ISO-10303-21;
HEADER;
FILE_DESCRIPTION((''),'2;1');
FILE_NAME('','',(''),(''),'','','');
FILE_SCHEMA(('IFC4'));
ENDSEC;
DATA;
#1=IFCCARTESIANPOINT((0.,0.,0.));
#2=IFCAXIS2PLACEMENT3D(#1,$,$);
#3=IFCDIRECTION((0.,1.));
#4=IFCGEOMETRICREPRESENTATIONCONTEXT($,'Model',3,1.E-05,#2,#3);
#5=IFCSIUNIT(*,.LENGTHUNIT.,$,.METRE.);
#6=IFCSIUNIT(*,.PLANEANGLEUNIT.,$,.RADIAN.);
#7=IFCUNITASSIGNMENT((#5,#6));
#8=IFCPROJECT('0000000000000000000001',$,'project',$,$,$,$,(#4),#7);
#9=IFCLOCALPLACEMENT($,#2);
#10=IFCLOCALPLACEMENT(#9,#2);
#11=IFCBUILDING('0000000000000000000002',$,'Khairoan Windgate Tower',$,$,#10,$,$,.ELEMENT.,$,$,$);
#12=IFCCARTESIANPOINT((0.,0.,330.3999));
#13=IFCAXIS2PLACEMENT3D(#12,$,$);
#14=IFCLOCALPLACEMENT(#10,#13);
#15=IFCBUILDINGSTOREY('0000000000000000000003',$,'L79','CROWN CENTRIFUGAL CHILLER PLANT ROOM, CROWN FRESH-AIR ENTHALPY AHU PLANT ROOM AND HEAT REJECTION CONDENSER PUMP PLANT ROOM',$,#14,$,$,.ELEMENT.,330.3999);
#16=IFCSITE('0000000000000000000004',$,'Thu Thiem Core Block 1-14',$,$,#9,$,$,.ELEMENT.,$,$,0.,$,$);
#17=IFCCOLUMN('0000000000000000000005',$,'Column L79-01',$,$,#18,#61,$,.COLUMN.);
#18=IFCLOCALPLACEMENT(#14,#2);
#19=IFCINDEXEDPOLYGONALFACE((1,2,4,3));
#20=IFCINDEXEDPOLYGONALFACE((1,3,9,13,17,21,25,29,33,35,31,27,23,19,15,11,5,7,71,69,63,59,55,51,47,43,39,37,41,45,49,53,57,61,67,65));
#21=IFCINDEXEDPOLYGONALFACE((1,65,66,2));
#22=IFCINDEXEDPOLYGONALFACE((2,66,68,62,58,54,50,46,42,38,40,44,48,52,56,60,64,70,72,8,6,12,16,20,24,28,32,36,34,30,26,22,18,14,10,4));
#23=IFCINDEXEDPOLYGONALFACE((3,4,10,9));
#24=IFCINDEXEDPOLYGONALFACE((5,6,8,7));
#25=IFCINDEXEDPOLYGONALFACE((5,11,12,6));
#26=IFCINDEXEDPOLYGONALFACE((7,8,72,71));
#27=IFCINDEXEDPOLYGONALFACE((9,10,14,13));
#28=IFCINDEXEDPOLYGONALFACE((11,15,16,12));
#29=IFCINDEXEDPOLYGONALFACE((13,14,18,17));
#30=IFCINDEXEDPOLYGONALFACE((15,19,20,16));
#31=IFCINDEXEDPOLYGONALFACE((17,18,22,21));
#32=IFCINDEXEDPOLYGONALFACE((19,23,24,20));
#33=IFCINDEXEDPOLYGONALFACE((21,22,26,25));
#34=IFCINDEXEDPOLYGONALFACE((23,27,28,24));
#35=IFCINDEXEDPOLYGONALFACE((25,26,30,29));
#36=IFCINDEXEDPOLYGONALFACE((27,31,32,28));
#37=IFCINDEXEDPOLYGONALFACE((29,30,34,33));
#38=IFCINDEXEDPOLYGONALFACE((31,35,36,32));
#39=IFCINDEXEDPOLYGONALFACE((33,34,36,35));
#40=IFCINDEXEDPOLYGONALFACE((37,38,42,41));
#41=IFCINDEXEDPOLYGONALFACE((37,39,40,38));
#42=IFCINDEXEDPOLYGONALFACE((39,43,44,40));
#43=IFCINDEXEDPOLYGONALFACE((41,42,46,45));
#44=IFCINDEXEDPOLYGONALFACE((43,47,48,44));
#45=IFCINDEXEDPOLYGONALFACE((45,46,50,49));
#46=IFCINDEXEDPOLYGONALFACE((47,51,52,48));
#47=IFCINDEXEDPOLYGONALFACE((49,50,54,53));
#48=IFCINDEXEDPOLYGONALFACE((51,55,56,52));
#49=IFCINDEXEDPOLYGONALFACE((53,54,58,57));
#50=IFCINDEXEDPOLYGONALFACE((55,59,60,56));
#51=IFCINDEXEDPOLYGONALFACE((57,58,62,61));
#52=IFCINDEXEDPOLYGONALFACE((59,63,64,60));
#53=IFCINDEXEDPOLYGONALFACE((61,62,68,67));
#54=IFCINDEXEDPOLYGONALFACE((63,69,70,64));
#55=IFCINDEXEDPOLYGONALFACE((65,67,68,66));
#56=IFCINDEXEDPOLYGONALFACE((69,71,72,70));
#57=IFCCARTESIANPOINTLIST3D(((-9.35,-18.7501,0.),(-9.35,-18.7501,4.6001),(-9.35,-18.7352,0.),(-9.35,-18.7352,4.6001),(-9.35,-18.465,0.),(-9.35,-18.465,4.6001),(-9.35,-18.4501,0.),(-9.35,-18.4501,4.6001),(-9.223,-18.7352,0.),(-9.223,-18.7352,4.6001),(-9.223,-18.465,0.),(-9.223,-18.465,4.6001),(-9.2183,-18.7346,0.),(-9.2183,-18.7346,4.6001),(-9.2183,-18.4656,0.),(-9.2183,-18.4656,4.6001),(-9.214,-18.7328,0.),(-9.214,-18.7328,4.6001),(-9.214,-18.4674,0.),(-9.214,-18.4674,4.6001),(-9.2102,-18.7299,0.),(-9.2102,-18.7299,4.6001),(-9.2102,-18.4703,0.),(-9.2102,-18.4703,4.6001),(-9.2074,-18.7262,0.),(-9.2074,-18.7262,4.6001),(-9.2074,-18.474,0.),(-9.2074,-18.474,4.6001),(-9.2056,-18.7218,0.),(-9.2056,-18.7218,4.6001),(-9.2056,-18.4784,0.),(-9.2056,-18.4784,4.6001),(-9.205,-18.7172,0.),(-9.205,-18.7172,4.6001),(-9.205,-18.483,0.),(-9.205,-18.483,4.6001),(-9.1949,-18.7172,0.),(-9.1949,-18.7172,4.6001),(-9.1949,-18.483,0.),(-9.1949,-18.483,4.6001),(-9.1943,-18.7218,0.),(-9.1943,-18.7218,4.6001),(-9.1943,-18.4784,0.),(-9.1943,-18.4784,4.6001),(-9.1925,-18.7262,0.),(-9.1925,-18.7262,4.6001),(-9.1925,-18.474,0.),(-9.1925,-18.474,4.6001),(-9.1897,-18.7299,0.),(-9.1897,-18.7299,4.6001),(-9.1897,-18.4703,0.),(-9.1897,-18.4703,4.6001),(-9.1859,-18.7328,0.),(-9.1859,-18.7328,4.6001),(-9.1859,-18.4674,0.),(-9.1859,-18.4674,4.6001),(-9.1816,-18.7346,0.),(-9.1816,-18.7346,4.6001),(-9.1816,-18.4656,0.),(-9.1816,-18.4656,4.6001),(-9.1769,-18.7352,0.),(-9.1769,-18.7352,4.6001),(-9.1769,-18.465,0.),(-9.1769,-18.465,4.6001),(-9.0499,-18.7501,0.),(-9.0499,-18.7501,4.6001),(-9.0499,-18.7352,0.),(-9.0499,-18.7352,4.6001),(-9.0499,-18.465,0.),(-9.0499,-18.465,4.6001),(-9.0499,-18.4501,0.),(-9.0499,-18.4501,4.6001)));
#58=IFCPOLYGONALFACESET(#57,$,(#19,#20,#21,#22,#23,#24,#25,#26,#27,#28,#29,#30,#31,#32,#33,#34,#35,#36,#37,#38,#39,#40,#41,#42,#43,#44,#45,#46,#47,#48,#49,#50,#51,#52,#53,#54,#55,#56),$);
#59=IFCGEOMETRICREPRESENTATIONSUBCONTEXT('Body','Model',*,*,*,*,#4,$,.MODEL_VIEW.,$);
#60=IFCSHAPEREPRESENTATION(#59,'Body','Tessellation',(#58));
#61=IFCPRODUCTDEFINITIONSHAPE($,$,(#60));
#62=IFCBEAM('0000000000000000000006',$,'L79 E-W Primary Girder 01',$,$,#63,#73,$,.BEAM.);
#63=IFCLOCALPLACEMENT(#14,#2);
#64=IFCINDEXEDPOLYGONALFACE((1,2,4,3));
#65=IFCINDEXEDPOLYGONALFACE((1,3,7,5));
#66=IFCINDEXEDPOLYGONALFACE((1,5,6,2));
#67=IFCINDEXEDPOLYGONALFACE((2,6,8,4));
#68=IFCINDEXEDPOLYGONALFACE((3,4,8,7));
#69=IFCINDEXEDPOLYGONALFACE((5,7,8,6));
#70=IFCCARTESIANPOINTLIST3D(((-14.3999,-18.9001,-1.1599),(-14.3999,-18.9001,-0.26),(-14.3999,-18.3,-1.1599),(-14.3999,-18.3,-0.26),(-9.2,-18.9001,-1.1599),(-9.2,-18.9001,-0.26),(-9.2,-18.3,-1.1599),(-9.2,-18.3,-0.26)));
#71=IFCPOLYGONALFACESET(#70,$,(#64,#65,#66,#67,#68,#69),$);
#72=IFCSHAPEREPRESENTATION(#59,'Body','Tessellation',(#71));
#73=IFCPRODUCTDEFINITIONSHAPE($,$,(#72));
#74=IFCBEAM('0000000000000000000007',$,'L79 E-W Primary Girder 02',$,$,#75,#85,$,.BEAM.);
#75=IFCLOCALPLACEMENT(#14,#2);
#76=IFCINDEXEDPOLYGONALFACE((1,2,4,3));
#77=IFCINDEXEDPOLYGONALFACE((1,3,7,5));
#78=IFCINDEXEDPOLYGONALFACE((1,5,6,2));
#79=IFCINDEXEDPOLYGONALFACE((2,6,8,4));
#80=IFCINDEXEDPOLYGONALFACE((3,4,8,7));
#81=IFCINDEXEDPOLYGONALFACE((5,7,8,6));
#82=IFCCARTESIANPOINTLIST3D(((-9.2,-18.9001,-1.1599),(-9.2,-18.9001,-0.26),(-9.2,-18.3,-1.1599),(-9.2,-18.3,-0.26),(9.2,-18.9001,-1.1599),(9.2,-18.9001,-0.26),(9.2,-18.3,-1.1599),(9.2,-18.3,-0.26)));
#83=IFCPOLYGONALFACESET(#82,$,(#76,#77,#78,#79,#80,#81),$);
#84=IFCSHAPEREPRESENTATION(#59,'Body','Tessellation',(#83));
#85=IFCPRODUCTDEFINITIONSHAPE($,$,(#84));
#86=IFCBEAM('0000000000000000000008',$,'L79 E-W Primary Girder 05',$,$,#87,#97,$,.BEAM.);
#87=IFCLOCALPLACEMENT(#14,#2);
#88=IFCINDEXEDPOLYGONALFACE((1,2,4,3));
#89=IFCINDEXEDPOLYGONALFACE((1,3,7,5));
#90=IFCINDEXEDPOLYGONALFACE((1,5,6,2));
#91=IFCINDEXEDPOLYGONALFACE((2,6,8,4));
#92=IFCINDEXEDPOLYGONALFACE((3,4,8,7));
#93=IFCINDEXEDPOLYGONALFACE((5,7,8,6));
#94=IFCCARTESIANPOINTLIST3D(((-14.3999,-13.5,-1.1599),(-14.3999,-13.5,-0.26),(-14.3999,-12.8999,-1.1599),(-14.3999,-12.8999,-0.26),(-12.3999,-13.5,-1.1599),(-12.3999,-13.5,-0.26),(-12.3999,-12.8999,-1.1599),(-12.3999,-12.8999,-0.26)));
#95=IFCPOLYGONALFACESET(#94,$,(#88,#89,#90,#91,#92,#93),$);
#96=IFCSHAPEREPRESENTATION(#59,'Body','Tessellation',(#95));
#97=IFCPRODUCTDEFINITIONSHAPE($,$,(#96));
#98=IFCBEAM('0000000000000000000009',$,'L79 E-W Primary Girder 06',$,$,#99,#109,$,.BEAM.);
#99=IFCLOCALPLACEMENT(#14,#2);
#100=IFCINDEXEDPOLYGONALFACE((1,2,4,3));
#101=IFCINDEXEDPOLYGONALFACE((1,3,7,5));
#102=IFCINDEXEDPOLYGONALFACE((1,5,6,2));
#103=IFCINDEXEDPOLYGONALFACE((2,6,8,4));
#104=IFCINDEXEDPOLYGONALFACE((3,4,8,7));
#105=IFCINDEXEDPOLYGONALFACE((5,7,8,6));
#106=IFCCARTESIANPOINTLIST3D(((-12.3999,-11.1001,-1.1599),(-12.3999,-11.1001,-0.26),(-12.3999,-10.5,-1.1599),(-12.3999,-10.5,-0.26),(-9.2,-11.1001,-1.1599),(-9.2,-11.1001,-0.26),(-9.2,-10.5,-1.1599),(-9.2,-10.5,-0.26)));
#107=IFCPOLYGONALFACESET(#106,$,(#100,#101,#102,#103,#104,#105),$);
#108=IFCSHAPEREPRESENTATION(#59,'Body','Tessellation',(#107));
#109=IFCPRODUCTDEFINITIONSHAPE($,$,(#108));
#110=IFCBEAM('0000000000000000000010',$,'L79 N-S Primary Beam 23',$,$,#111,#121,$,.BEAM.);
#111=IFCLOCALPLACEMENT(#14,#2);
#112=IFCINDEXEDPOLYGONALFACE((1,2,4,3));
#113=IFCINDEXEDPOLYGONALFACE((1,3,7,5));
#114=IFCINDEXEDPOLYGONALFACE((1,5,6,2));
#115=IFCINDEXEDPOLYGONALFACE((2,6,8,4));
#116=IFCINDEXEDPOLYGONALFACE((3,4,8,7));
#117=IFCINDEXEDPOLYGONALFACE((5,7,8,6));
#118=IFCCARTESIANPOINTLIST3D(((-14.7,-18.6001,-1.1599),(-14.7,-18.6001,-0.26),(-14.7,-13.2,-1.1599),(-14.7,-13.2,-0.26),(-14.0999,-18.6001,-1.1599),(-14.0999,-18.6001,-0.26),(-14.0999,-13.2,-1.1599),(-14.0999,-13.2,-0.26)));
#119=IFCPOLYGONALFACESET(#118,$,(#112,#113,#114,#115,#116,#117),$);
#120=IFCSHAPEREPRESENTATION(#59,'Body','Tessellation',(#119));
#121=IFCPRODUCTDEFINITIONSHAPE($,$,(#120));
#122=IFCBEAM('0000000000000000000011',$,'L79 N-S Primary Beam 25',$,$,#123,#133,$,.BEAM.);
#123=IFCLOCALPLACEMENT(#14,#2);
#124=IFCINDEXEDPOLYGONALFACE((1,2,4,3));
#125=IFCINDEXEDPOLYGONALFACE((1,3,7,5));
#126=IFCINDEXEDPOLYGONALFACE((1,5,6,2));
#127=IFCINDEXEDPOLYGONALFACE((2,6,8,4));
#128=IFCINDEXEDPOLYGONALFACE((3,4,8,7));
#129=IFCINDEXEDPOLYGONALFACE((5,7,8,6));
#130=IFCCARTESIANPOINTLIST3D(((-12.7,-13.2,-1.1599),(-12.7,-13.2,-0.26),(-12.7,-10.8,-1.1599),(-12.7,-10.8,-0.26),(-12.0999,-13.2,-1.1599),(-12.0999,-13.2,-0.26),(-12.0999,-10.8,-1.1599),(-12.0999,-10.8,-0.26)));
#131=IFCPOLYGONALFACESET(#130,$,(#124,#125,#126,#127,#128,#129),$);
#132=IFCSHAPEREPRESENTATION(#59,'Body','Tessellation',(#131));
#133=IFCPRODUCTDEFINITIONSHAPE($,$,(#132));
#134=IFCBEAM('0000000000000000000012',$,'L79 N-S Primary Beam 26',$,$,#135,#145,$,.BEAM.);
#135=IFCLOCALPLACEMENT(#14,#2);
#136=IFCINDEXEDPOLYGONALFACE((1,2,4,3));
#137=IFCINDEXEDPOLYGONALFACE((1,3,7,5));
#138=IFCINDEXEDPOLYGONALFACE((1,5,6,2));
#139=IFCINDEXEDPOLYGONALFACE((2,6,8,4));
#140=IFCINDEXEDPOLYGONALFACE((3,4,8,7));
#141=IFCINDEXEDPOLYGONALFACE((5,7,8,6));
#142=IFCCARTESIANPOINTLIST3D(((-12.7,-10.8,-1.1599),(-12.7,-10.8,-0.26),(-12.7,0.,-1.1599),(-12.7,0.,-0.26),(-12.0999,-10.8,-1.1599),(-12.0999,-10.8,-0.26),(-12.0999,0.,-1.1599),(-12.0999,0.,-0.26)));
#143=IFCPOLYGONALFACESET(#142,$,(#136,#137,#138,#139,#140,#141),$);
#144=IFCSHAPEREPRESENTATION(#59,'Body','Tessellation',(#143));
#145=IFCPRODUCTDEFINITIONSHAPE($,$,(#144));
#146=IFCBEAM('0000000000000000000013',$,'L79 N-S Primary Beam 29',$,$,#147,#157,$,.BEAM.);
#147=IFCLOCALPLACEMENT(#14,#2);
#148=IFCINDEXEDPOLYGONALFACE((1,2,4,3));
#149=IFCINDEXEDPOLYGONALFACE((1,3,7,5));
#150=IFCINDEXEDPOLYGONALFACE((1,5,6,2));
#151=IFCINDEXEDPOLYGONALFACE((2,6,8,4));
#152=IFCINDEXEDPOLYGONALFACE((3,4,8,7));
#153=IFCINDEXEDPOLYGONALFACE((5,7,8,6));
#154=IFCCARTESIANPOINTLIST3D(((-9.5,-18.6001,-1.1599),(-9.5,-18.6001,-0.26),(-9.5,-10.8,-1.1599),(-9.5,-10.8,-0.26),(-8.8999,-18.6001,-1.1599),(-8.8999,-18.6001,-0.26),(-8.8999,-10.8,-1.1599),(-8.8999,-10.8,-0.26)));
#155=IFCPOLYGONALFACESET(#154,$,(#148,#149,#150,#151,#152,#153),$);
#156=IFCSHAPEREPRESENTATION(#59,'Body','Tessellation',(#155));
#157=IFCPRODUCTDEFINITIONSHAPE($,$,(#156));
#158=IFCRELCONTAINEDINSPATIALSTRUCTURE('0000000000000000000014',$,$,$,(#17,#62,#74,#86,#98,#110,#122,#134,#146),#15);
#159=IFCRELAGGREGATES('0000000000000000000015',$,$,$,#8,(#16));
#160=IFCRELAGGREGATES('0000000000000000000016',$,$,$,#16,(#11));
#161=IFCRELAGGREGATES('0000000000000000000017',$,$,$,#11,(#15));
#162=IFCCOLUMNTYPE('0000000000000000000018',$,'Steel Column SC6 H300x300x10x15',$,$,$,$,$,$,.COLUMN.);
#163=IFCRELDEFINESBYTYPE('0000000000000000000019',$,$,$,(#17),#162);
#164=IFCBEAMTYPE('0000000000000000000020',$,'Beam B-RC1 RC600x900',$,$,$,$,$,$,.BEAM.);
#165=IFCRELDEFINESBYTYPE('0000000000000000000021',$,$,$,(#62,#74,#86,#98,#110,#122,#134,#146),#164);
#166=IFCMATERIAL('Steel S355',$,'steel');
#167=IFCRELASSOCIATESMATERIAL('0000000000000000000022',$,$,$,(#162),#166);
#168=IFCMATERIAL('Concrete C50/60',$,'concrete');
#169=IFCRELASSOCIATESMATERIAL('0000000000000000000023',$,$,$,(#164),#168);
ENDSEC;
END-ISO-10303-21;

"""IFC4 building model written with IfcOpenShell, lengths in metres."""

from ifc_helpers import new_model, si_unit, direction, frame, origin, origin_2d, place, context, subcontext, project, spatial, rectangle, i_section, extrude, material, material_profile, profile_set, type_object, element, save


model = new_model("IFC4")

# Units and contexts
model_context = context("Model", 3, precision=1e-05, world=origin(), true_north=direction((0.0, 1.0)))
body_context = subcontext(model_context, "Body", "Model", "MODEL_VIEW")
ifc_project = project(units=[si_unit("LENGTHUNIT", "METRE"), si_unit("PLANEANGLEUNIT", "RADIAN")], contexts=[model_context])

# Site, building, storey
site_placement = place(None, origin())
site = spatial("IfcSite", under=ifc_project, at=site_placement, Name="Thu Thiem Core Block 1-14", CompositionType="ELEMENT", RefElevation=0.0)
building_placement = place(site_placement, origin())
building = spatial("IfcBuilding", under=site, at=building_placement, Name="Khairoan Windgate Tower", CompositionType="ELEMENT")
storey_placement = place(building_placement, frame((0.0, 0.0, 330.3999)))
storey = spatial("IfcBuildingStorey", under=building, at=storey_placement, Name="L79", Description="CROWN CENTRIFUGAL CHILLER PLANT ROOM, CROWN FRESH-AIR ENTHALPY AHU PLANT ROOM AND HEAT REJECTION CONDENSER PUMP PLANT ROOM", CompositionType="ELEMENT", Elevation=330.3999)

# Column
ifc_material_1 = material(Name="Steel S355", Category="steel")
ifc_material_profile_1 = material_profile(ifc_material_1, i_section(OverallWidth=0.3, OverallDepth=0.3, WebThickness=0.01, FlangeThickness=0.0149, FilletRadius=0.0181, at=origin_2d()))
ifc_profile_set_1 = profile_set([ifc_material_profile_1], Name="Steel S355")
column_type = type_object("IfcColumnType", Name="Steel Column SC6 H300x300x10x15", PredefinedType="COLUMN", material=ifc_profile_set_1)
column_placement = place(storey_placement, frame((-9.2, -18.6001, 0.0), z_axis=(0.0, 0.0, 1.0), x_axis=(1.0, 0.0, 0.0)))
element("IfcColumn", 1, at=column_placement, inside=storey, type_object=column_type, Name="Column L79-01", PredefinedType="COLUMN", context=body_context, shape_type="SweptSolid", body=[
    extrude(i_section(OverallWidth=0.3, OverallDepth=0.3, WebThickness=0.01, FlangeThickness=0.0149, FilletRadius=0.0181, at=origin_2d()), origin(), (0.0, 0.0, 1.0), 4.6001),
])

# Beams
ifc_material_2 = material(Name="Concrete C50/60", Category="concrete")
ifc_material_profile_2 = material_profile(ifc_material_2, rectangle(XDim=0.6001, YDim=0.8999, at=origin_2d()))
ifc_profile_set_2 = profile_set([ifc_material_profile_2], Name="Concrete C50/60")
beam_type = type_object("IfcBeamType", Name="Beam B-RC1 RC600x900", PredefinedType="BEAM", material=ifc_profile_set_2)
beam_1_placement = place(storey_placement, frame((-14.3999, -18.6001, -0.71), z_axis=(1.0, 0.0, 0.0), x_axis=(0.0, 1.0, 0.0)))
element("IfcBeam", 2, at=beam_1_placement, inside=storey, type_object=beam_type, Name="L79 E-W Primary Girder 01", PredefinedType="BEAM", context=body_context, shape_type="SweptSolid", body=[
    extrude(rectangle(XDim=0.6001, YDim=0.8999, at=origin_2d()), origin(), (0.0, 0.0, 1.0), 5.2),
])
beam_2_placement = place(storey_placement, frame((-9.2, -18.6001, -0.71), z_axis=(1.0, 0.0, 0.0), x_axis=(0.0, 1.0, 0.0)))
element("IfcBeam", 3, at=beam_2_placement, inside=storey, type_object=beam_type, Name="L79 E-W Primary Girder 02", PredefinedType="BEAM", context=body_context, shape_type="SweptSolid", body=[
    extrude(rectangle(XDim=0.6001, YDim=0.8999, at=origin_2d()), origin(), (0.0, 0.0, 1.0), 18.3999),
])
beam_3_placement = place(storey_placement, frame((-14.3999, -13.2, -0.71), z_axis=(1.0, 0.0, 0.0), x_axis=(0.0, 1.0, 0.0)))
element("IfcBeam", 4, at=beam_3_placement, inside=storey, type_object=beam_type, Name="L79 E-W Primary Girder 05", PredefinedType="BEAM", context=body_context, shape_type="SweptSolid", body=[
    extrude(rectangle(XDim=0.6001, YDim=0.8999, at=origin_2d()), origin(), (0.0, 0.0, 1.0), 2.0),
])
beam_4_placement = place(storey_placement, frame((-12.3999, -10.8, -0.71), z_axis=(1.0, 0.0, 0.0), x_axis=(0.0, 1.0, 0.0)))
element("IfcBeam", 5, at=beam_4_placement, inside=storey, type_object=beam_type, Name="L79 E-W Primary Girder 06", PredefinedType="BEAM", context=body_context, shape_type="SweptSolid", body=[
    extrude(rectangle(XDim=0.6001, YDim=0.8999, at=origin_2d()), origin(), (0.0, 0.0, 1.0), 3.2),
])
beam_5_placement = place(storey_placement, frame((-14.3999, -18.6001, -0.71), z_axis=(0.0, 1.0, 0.0), x_axis=(-1.0, 0.0, 0.0)))
element("IfcBeam", 6, at=beam_5_placement, inside=storey, type_object=beam_type, Name="L79 N-S Primary Beam 23", PredefinedType="BEAM", context=body_context, shape_type="SweptSolid", body=[
    extrude(rectangle(XDim=0.6001, YDim=0.8999, at=origin_2d()), origin(), (0.0, 0.0, 1.0), 5.4001),
])
beam_6_placement = place(storey_placement, frame((-12.3999, -13.2, -0.71), z_axis=(0.0, 1.0, 0.0), x_axis=(-1.0, 0.0, 0.0)))
element("IfcBeam", 7, at=beam_6_placement, inside=storey, type_object=beam_type, Name="L79 N-S Primary Beam 25", PredefinedType="BEAM", context=body_context, shape_type="SweptSolid", body=[
    extrude(rectangle(XDim=0.6001, YDim=0.8999, at=origin_2d()), origin(), (0.0, 0.0, 1.0), 2.3999),
])
beam_7_placement = place(storey_placement, frame((-12.3999, -10.8, -0.71), z_axis=(0.0, 1.0, 0.0), x_axis=(-1.0, 0.0, 0.0)))
element("IfcBeam", 8, at=beam_7_placement, inside=storey, type_object=beam_type, Name="L79 N-S Primary Beam 26", PredefinedType="BEAM", context=body_context, shape_type="SweptSolid", body=[
    extrude(rectangle(XDim=0.6001, YDim=0.8999, at=origin_2d()), origin(), (0.0, 0.0, 1.0), 10.8),
])
beam_8_placement = place(storey_placement, frame((-9.2, -18.6001, -0.71), z_axis=(0.0, 1.0, 0.0), x_axis=(-1.0, 0.0, 0.0)))
element("IfcBeam", 9, at=beam_8_placement, inside=storey, type_object=beam_type, Name="L79 N-S Primary Beam 29", PredefinedType="BEAM", context=body_context, shape_type="SweptSolid", body=[
    extrude(rectangle(XDim=0.6001, YDim=0.8999, at=origin_2d()), origin(), (0.0, 0.0, 1.0), 7.8),
])

save(model, "model.ifc")
